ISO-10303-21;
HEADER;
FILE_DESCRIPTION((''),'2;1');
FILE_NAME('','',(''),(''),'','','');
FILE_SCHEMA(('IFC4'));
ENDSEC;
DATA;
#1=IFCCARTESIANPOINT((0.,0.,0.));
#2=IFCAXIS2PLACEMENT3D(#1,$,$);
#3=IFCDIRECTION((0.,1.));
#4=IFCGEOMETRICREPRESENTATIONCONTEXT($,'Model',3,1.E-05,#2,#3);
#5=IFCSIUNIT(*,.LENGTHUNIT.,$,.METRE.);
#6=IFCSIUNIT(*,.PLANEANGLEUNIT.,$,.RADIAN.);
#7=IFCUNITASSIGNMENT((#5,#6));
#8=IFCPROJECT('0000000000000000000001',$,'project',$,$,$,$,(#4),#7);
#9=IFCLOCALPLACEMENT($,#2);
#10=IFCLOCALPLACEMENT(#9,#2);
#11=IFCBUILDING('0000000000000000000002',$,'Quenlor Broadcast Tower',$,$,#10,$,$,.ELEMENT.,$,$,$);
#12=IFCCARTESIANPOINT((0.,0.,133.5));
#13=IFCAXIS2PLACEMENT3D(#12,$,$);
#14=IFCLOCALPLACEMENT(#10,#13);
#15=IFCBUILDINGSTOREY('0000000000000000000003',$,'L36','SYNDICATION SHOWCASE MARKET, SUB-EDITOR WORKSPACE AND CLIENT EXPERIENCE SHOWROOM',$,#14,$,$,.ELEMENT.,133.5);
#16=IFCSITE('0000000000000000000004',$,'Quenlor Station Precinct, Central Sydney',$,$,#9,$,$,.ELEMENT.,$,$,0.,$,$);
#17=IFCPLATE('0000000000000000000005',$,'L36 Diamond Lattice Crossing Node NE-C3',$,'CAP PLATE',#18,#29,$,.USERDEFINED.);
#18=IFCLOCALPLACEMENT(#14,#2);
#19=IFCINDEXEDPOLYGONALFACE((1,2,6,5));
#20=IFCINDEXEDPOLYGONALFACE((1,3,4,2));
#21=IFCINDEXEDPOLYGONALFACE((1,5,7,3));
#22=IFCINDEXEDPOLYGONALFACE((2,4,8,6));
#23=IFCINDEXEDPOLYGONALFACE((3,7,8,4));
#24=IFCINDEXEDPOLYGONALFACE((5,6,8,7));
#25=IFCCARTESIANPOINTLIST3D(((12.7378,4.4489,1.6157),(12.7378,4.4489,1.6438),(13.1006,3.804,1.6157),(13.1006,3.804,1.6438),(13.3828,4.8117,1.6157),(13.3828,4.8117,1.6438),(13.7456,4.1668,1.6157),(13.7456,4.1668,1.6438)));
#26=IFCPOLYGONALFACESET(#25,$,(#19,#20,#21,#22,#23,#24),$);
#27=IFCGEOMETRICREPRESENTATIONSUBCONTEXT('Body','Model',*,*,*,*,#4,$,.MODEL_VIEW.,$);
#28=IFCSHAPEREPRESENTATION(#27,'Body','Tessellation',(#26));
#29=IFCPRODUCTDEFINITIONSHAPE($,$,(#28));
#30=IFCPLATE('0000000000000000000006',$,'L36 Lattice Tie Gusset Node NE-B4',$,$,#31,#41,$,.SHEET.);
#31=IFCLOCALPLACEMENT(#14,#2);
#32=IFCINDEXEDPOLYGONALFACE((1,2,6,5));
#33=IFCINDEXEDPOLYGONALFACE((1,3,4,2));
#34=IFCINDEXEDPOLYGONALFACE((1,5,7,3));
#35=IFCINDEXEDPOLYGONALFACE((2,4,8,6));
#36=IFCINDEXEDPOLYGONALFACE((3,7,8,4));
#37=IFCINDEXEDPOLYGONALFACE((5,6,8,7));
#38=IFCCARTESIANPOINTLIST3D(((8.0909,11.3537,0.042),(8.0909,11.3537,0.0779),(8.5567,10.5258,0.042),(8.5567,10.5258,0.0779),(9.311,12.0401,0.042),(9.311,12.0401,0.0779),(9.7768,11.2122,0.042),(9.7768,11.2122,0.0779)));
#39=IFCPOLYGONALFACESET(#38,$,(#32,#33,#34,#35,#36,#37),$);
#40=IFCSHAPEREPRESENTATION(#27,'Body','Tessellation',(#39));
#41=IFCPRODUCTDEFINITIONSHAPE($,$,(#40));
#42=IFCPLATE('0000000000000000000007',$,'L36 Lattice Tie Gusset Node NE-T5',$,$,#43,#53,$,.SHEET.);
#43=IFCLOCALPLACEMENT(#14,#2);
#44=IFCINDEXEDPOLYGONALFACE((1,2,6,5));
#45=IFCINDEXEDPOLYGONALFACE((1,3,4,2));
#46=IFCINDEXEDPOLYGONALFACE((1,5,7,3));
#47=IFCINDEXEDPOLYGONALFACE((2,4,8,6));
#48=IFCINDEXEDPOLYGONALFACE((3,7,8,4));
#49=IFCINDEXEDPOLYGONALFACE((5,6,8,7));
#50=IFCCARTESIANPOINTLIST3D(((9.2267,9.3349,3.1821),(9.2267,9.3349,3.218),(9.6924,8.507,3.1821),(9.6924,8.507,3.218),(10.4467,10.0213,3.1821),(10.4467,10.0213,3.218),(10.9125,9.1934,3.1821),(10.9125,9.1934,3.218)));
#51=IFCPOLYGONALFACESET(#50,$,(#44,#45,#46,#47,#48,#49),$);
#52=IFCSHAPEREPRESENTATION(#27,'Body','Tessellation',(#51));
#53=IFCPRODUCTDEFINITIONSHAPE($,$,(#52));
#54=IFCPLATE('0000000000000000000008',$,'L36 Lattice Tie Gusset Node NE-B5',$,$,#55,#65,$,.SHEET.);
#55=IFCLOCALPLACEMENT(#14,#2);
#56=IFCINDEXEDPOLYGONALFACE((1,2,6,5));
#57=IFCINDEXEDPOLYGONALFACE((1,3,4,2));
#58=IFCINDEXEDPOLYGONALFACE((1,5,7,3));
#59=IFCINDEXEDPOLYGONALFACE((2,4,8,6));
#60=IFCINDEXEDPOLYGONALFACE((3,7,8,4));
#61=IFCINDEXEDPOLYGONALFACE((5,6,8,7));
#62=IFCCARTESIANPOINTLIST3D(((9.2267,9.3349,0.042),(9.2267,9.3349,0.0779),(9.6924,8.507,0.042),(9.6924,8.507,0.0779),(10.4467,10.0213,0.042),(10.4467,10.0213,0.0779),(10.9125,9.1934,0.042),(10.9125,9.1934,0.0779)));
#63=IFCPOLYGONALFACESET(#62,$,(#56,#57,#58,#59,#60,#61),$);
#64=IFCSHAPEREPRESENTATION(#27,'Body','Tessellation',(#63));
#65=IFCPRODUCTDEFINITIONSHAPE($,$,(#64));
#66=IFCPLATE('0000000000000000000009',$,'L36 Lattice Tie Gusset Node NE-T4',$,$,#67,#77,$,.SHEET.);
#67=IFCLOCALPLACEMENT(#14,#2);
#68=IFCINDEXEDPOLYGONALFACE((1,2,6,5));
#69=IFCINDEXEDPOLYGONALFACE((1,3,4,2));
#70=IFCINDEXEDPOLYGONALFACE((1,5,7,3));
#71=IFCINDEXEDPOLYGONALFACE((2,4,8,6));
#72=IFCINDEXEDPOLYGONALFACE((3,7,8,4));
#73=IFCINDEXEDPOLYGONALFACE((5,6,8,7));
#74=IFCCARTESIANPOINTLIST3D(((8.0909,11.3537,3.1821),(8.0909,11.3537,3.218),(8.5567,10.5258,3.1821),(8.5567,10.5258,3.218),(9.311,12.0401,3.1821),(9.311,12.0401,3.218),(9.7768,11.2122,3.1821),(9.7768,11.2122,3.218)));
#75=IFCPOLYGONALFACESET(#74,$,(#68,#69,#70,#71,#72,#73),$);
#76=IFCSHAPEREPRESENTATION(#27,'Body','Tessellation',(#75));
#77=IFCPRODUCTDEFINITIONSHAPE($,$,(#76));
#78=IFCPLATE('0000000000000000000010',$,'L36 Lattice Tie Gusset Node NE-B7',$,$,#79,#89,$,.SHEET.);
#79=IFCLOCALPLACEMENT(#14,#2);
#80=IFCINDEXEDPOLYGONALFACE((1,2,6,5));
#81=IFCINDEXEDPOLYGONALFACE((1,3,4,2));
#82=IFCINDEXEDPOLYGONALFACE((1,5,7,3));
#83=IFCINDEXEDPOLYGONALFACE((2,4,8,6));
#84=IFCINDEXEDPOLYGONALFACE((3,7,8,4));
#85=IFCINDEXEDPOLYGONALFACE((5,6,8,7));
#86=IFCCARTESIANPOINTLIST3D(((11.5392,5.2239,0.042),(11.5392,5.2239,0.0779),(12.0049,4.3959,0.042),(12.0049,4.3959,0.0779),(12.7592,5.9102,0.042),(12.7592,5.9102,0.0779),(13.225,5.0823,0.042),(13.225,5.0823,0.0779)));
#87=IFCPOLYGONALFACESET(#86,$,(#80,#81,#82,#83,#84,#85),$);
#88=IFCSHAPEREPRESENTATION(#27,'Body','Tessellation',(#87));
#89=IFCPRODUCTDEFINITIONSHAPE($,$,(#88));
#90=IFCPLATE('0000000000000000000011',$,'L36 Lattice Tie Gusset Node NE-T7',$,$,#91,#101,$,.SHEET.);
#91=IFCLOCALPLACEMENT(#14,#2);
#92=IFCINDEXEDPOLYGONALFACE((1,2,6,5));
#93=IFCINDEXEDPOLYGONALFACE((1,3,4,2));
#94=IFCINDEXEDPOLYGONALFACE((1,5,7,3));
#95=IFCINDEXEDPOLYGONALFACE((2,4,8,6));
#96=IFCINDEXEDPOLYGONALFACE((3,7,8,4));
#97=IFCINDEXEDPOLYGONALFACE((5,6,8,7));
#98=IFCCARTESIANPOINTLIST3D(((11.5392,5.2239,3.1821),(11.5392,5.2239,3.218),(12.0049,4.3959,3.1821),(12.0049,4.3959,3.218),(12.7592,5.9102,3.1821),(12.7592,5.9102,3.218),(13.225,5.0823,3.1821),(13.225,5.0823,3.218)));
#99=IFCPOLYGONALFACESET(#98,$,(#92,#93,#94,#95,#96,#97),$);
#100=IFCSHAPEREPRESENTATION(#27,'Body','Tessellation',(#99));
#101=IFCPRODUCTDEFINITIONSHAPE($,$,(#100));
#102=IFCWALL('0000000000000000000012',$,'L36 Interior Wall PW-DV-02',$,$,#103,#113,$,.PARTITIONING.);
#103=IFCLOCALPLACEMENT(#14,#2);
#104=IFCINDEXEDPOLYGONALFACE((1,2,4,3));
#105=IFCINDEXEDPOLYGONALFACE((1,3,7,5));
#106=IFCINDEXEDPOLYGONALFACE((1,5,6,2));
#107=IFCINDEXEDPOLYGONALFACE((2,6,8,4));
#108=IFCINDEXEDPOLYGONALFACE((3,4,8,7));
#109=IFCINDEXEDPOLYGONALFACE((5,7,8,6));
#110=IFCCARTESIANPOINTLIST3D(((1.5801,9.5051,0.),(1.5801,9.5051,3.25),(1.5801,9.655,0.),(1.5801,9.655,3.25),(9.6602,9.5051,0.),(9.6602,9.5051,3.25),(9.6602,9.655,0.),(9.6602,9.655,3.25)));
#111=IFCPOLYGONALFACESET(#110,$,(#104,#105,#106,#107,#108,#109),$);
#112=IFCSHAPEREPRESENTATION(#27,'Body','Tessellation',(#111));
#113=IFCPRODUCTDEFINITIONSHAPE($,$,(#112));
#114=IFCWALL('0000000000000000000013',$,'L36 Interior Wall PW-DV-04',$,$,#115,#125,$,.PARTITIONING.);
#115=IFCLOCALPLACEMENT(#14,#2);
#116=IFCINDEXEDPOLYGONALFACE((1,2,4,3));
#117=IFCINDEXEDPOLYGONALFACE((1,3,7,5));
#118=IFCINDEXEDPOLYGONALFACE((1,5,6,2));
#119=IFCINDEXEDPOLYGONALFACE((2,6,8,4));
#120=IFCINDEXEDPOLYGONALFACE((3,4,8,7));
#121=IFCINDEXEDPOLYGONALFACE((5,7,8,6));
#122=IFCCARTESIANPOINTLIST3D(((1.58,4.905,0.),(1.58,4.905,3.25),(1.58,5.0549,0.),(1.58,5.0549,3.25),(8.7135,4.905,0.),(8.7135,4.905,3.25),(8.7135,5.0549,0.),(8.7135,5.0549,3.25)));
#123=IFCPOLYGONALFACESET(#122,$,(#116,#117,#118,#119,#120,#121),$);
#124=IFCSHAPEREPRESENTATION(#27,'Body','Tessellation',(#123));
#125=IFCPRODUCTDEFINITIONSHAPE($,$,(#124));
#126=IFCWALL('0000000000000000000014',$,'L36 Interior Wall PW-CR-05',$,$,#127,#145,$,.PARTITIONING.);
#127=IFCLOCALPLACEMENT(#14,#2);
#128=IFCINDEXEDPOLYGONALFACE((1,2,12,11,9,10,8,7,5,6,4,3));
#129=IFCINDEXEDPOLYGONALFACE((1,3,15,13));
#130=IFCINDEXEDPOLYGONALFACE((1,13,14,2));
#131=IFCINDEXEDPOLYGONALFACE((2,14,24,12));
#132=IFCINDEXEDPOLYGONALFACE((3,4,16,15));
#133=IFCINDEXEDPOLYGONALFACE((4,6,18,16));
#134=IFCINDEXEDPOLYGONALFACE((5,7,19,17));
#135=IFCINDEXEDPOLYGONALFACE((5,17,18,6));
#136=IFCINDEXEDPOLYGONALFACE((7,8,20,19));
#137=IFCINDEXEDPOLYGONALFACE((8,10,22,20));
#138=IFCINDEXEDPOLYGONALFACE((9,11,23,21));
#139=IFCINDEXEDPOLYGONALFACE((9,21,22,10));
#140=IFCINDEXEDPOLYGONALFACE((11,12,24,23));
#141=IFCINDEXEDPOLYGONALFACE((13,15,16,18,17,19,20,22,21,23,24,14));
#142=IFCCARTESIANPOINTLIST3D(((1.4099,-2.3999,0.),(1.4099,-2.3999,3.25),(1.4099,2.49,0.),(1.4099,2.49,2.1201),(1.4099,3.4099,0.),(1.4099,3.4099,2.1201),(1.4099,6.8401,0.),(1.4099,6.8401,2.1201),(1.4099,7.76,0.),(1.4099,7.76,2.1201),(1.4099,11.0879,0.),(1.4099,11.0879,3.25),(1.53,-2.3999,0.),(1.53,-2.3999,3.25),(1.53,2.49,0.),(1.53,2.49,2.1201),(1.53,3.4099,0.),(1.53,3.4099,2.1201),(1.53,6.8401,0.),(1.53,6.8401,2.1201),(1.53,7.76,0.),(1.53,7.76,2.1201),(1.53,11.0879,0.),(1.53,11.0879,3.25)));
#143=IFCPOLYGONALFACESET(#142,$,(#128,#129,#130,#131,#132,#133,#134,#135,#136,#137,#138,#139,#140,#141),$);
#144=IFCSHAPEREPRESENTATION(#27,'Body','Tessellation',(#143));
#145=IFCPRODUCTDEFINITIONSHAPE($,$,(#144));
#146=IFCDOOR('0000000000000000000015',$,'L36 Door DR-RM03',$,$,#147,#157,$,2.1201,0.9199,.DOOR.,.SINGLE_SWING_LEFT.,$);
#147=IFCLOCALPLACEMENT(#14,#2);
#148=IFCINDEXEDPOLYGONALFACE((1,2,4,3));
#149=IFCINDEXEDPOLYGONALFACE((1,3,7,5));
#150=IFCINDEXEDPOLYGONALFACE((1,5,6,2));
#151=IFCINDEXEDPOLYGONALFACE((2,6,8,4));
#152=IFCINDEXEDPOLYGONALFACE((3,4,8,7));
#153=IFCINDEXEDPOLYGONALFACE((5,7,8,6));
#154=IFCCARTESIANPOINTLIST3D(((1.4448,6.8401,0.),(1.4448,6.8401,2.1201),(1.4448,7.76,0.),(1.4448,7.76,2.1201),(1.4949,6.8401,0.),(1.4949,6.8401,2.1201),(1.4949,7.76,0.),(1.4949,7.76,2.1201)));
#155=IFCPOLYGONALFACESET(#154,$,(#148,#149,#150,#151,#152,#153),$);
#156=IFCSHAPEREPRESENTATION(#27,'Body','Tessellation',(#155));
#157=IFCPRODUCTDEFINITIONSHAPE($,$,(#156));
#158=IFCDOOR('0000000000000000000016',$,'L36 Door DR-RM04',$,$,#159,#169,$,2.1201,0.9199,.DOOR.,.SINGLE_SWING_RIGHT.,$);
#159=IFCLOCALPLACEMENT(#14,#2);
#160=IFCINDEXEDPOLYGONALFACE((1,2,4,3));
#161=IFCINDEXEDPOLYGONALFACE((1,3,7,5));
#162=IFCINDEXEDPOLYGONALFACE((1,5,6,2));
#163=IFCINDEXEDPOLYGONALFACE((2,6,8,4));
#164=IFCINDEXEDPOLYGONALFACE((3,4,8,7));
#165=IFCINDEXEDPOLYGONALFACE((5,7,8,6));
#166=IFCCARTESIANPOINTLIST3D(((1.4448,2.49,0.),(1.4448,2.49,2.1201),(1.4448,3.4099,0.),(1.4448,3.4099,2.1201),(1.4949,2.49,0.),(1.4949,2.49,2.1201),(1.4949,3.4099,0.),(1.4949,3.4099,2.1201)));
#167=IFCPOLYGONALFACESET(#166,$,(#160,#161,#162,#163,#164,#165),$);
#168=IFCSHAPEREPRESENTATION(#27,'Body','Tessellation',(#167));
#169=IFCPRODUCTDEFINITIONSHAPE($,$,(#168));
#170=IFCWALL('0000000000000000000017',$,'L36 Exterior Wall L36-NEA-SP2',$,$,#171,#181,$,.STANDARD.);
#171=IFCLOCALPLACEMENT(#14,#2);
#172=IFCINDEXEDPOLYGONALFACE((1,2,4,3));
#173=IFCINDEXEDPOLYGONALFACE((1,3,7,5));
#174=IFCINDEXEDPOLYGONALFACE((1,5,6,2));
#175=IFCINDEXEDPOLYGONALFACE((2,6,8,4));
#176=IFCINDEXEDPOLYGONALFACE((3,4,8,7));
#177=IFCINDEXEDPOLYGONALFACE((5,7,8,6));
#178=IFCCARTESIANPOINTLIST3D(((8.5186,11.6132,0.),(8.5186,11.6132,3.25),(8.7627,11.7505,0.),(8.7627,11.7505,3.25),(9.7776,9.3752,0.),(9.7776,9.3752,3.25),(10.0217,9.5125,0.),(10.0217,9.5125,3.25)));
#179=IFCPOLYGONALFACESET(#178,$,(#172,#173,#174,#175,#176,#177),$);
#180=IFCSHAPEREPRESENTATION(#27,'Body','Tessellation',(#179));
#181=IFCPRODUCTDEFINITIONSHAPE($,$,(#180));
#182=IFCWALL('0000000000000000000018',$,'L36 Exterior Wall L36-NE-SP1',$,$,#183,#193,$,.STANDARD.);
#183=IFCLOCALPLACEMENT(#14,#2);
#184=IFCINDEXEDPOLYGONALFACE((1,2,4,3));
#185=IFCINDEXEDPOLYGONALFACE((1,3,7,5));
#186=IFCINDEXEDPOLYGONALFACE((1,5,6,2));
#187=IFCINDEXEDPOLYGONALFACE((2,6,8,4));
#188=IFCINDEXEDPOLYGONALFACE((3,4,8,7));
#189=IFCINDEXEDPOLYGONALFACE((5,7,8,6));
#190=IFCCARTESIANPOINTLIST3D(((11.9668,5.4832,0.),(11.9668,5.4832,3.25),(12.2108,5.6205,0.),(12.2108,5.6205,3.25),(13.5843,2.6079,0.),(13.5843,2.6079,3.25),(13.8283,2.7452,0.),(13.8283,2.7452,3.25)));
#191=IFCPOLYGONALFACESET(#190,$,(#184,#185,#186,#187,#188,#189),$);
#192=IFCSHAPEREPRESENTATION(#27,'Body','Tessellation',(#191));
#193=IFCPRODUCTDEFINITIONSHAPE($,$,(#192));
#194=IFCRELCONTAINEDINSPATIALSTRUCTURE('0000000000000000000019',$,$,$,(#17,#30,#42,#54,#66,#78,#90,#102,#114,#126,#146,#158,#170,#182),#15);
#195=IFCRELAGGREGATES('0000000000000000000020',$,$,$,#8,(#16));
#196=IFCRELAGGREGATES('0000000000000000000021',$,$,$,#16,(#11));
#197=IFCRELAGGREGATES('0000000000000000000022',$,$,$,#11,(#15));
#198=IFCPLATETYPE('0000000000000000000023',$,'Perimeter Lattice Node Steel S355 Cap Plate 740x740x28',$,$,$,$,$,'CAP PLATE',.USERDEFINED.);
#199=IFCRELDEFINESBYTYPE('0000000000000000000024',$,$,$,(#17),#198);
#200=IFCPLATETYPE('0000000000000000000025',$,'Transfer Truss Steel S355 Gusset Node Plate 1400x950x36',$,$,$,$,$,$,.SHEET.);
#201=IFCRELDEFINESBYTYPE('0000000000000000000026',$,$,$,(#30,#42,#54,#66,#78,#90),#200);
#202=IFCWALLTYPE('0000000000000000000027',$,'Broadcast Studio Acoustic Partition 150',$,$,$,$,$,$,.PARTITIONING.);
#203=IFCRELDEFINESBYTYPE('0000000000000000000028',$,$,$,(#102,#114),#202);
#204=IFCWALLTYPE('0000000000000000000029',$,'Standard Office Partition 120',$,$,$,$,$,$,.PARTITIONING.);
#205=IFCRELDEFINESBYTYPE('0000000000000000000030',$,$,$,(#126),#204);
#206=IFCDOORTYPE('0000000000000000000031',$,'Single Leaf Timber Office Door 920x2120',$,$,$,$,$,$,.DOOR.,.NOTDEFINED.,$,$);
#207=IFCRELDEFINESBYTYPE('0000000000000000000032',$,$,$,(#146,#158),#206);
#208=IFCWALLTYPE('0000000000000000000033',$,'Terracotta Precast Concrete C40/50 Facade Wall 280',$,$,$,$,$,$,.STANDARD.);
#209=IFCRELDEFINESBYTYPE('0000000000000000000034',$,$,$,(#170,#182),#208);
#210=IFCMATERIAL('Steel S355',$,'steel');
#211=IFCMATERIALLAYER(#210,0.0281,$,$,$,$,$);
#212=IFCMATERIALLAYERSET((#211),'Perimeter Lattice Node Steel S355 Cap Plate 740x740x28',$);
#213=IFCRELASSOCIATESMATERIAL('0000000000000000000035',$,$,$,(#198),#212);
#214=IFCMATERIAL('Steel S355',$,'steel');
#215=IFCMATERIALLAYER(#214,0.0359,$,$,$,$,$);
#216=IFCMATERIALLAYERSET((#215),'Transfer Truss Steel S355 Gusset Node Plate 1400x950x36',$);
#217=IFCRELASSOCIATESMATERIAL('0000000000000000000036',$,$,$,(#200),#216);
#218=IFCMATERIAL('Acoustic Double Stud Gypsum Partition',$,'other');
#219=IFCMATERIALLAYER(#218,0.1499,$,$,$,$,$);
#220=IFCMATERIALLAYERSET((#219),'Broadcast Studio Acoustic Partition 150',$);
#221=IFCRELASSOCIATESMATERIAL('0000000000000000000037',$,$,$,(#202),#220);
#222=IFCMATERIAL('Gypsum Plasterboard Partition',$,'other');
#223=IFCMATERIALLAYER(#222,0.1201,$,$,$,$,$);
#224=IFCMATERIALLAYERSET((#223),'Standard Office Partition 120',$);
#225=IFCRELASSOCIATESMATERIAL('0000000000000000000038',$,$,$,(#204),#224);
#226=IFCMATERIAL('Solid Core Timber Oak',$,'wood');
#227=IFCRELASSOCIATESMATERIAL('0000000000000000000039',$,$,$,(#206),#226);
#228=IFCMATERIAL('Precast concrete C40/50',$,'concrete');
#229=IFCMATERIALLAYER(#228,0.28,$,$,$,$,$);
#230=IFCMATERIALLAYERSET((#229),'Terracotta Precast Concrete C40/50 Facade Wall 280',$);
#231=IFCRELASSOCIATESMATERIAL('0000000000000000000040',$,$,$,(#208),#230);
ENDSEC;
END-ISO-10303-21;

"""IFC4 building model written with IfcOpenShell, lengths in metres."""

from ifc_helpers import new_model, si_unit, direction, frame, frame_2d, origin, origin_2d, place, context, subcontext, project, spatial, rectangle, extrude, material, layer, layer_set, type_object, element, fill, save


model = new_model("IFC4")

# Units and contexts
model_context = context("Model", 3, precision=1e-05, world=origin(), true_north=direction((0.0, 1.0)))
body_context = subcontext(model_context, "Body", "Model", "MODEL_VIEW")
ifc_project = project(units=[si_unit("LENGTHUNIT", "METRE"), si_unit("PLANEANGLEUNIT", "RADIAN")], contexts=[model_context])

# Site, building, storey
site_placement = place(None, origin())
site = spatial("IfcSite", under=ifc_project, at=site_placement, Name="Quenlor Station Precinct, Central Sydney", CompositionType="ELEMENT", RefElevation=0.0)
building_placement = place(site_placement, origin())
building = spatial("IfcBuilding", under=site, at=building_placement, Name="Quenlor Broadcast Tower", CompositionType="ELEMENT")
storey_placement = place(building_placement, frame((0.0, 0.0, 133.5)))
storey = spatial("IfcBuildingStorey", under=building, at=storey_placement, Name="L36", Description="SYNDICATION SHOWCASE MARKET, SUB-EDITOR WORKSPACE AND CLIENT EXPERIENCE SHOWROOM", CompositionType="ELEMENT", Elevation=133.5)

# Plates
ifc_material_1 = material(Name="Steel S355", Category="steel")
ifc_layer_1 = layer(ifc_material_1, 0.0281)
ifc_layer_set_1 = layer_set([ifc_layer_1], Name="Perimeter Lattice Node Steel S355 Cap Plate 740x740x28")
plate_type_1 = type_object("IfcPlateType", Name="Perimeter Lattice Node Steel S355 Cap Plate 740x740x28", ElementType="CAP PLATE", PredefinedType="USERDEFINED", material=ifc_layer_set_1)
for number, where, z_axis, x_axis, name in (
    (1, (13.2417, 4.3079, 1.6157), (0.0, 0.0, 1.0), (0.490295, -0.871556, 0.0), "L36 Diamond Lattice Crossing Node NE-C3"),
):
    element("IfcPlate", number, at=place(storey_placement, frame(where, z_axis=z_axis, x_axis=x_axis)), inside=storey, type_object=plate_type_1, Name=name, ObjectType="CAP PLATE", PredefinedType="USERDEFINED", context=body_context, shape_type="SweptSolid", body=[
        extrude(rectangle(XDim=0.74, YDim=0.74, at=origin_2d()), origin(), (0.0, 0.0, 1.0), 0.0281),
    ])
ifc_material_2 = material(Name="Steel S355", Category="steel")
ifc_layer_2 = layer(ifc_material_2, 0.0359)
ifc_layer_set_2 = layer_set([ifc_layer_2], Name="Transfer Truss Steel S355 Gusset Node Plate 1400x950x36")
plate_type_2 = type_object("IfcPlateType", Name="Transfer Truss Steel S355 Gusset Node Plate 1400x950x36", PredefinedType="SHEET", material=ifc_layer_set_2)
for number, where, z_axis, x_axis, name in (
    (2, (8.9338, 11.283, 0.042), (0.0, 0.0, 1.0), (0.871556, 0.490295, 0.0), "L36 Lattice Tie Gusset Node NE-B4"),
    (3, (10.0696, 9.2642, 3.1821), (0.0, 0.0, 1.0), (0.871556, 0.490295, 0.0), "L36 Lattice Tie Gusset Node NE-T5"),
    (4, (10.0696, 9.2642, 0.042), (0.0, 0.0, 1.0), (0.871556, 0.490295, 0.0), "L36 Lattice Tie Gusset Node NE-B5"),
    (5, (8.9338, 11.283, 3.1821), (0.0, 0.0, 1.0), (0.871556, 0.490295, 0.0), "L36 Lattice Tie Gusset Node NE-T4"),
    (6, (12.3821, 5.1531, 0.042), (0.0, 0.0, 1.0), (0.871556, 0.490295, 0.0), "L36 Lattice Tie Gusset Node NE-B7"),
    (7, (12.3821, 5.1531, 3.1821), (0.0, 0.0, 1.0), (0.871556, 0.490295, 0.0), "L36 Lattice Tie Gusset Node NE-T7"),
):
    element("IfcPlate", number, at=place(storey_placement, frame(where, z_axis=z_axis, x_axis=x_axis)), inside=storey, type_object=plate_type_2, Name=name, PredefinedType="SHEET", context=body_context, shape_type="SweptSolid", body=[
        extrude(rectangle(XDim=1.3999, YDim=0.95, at=origin_2d()), origin(), (0.0, 0.0, 1.0), 0.0359),
    ])

# Walls
ifc_material_3 = material(Name="Acoustic Double Stud Gypsum Partition", Category="other")
ifc_layer_3 = layer(ifc_material_3, 0.1499)
ifc_layer_set_3 = layer_set([ifc_layer_3], Name="Broadcast Studio Acoustic Partition 150")
wall_type_1 = type_object("IfcWallType", Name="Broadcast Studio Acoustic Partition 150", PredefinedType="PARTITIONING", material=ifc_layer_set_3)
wall_1_placement = place(storey_placement, frame((9.6602, 9.5801, 0.0), z_axis=(0.0, 0.0, 1.0), x_axis=(-1.0, 0.0, 0.0)))
element("IfcWall", 8, at=wall_1_placement, inside=storey, type_object=wall_type_1, Name="L36 Interior Wall PW-DV-02", PredefinedType="PARTITIONING", context=body_context, shape_type="SweptSolid", body=[
    extrude(rectangle(XDim=8.0801, YDim=0.1499, at=frame_2d((4.04, 0.0))), origin(), (0.0, 0.0, 1.0), 3.25),
])
wall_2_placement = place(storey_placement, frame((8.7136, 4.98, 0.0), z_axis=(0.0, 0.0, 1.0), x_axis=(-1.0, 0.0, 0.0)))
element("IfcWall", 9, at=wall_2_placement, inside=storey, type_object=wall_type_1, Name="L36 Interior Wall PW-DV-04", PredefinedType="PARTITIONING", context=body_context, shape_type="SweptSolid", body=[
    extrude(rectangle(XDim=7.1335, YDim=0.1499, at=frame_2d((3.5669, 0.0))), origin(), (0.0, 0.0, 1.0), 3.25),
])

# Wall, openings, doors
ifc_material_4 = material(Name="Gypsum Plasterboard Partition", Category="other")
ifc_layer_4 = layer(ifc_material_4, 0.1201)
ifc_layer_set_4 = layer_set([ifc_layer_4], Name="Standard Office Partition 120")
wall_type_2 = type_object("IfcWallType", Name="Standard Office Partition 120", PredefinedType="PARTITIONING", material=ifc_layer_set_4)
wall_3_placement = place(storey_placement, frame((1.47, 11.0879, 0.0), z_axis=(0.0, 0.0, 1.0), x_axis=(0.0, -1.0, 0.0)))
wall_3 = element("IfcWall", 10, at=wall_3_placement, inside=storey, type_object=wall_type_2, Name="L36 Interior Wall PW-CR-05", PredefinedType="PARTITIONING", context=body_context, shape_type="SweptSolid", body=[
    extrude(rectangle(XDim=13.4878, YDim=0.1201, at=frame_2d((6.7439, 0.0))), origin(), (0.0, 0.0, 1.0), 3.25),
])
opening_1_placement = place(wall_3_placement, frame((3.3279, 0.0, 0.0)))
opening_1 = element("IfcOpeningElement", 11, at=opening_1_placement, cuts=wall_3, PredefinedType="OPENING", context=body_context, shape_type="SweptSolid", body=[
    extrude(rectangle(XDim=0.9199, YDim=2.1201, at=frame_2d((0.46, 1.0601))), frame((0.0, 0.0701, 0.0), z_axis=(0.0, -1.0, 0.0), x_axis=(1.0, 0.0, 0.0)), (0.0, 0.0, 1.0), 0.1401),
])
opening_2_placement = place(wall_3_placement, frame((7.678, 0.0, 0.0)))
opening_2 = element("IfcOpeningElement", 12, at=opening_2_placement, cuts=wall_3, PredefinedType="OPENING", context=body_context, shape_type="SweptSolid", body=[
    extrude(rectangle(XDim=0.9199, YDim=2.1201, at=frame_2d((0.46, 1.0601))), frame((0.0, 0.0701, 0.0), z_axis=(0.0, -1.0, 0.0), x_axis=(1.0, 0.0, 0.0)), (0.0, 0.0, 1.0), 0.1401),
])
ifc_material_5 = material(Name="Solid Core Timber Oak", Category="wood")
door_type = type_object("IfcDoorType", Name="Single Leaf Timber Office Door 920x2120", OperationType="NOTDEFINED", PredefinedType="DOOR", material=ifc_material_5)
door_1_placement = place(opening_1_placement, origin())
door_1 = element("IfcDoor", 13, at=door_1_placement, inside=storey, type_object=door_type, Name="L36 Door DR-RM03", OperationType="SINGLE_SWING_LEFT", OverallHeight=2.1201, OverallWidth=0.9199, PredefinedType="DOOR", context=body_context, shape_type="SweptSolid", body=[
    extrude(rectangle(XDim=0.9199, YDim=2.1201, at=frame_2d((0.46, 1.0601))), frame((0.0, 0.0249, 0.0), z_axis=(0.0, -1.0, 0.0), x_axis=(1.0, 0.0, 0.0)), (0.0, 0.0, 1.0), 0.05),
])
fill(opening_1, door_1)
door_2_placement = place(opening_2_placement, origin())
door_2 = element("IfcDoor", 14, at=door_2_placement, inside=storey, type_object=door_type, Name="L36 Door DR-RM04", OperationType="SINGLE_SWING_RIGHT", OverallHeight=2.1201, OverallWidth=0.9199, PredefinedType="DOOR", context=body_context, shape_type="SweptSolid", body=[
    extrude(rectangle(XDim=0.9199, YDim=2.1201, at=frame_2d((0.46, 1.0601))), frame((0.0, 0.0249, 0.0), z_axis=(0.0, -1.0, 0.0), x_axis=(1.0, 0.0, 0.0)), (0.0, 0.0, 1.0), 0.05),
])
fill(opening_2, door_2)

# Walls
ifc_material_6 = material(Name="Precast concrete C40/50", Category="concrete")
ifc_layer_5 = layer(ifc_material_6, 0.28)
ifc_layer_set_5 = layer_set([ifc_layer_5], Name="Terracotta Precast Concrete C40/50 Facade Wall 280")
wall_type_3 = type_object("IfcWallType", Name="Terracotta Precast Concrete C40/50 Facade Wall 280", PredefinedType="STANDARD", material=ifc_layer_set_5)
wall_4_placement = place(storey_placement, frame((8.6406, 11.6819, 0.0), z_axis=(0.0, 0.0, 1.0), x_axis=(0.490302, -0.871553, 0.0)))
element("IfcWall", 15, at=wall_4_placement, inside=storey, type_object=wall_type_3, Name="L36 Exterior Wall L36-NEA-SP2", PredefinedType="STANDARD", context=body_context, shape_type="SweptSolid", body=[
    extrude(rectangle(XDim=2.5679, YDim=0.28, at=frame_2d((1.2839, 0.0))), origin(), (0.0, 0.0, 1.0), 3.25),
])
wall_5_placement = place(storey_placement, frame((12.0889, 5.5518, 0.0), z_axis=(0.0, 0.0, 1.0), x_axis=(0.490286, -0.871562, 0.0)))
element("IfcWall", 16, at=wall_5_placement, inside=storey, type_object=wall_type_3, Name="L36 Exterior Wall L36-NE-SP1", PredefinedType="STANDARD", context=body_context, shape_type="SweptSolid", body=[
    extrude(rectangle(XDim=3.2991, YDim=0.28, at=frame_2d((1.6494, 0.0))), origin(), (0.0, 0.0, 1.0), 3.25),
])

save(model, "model.ifc")
